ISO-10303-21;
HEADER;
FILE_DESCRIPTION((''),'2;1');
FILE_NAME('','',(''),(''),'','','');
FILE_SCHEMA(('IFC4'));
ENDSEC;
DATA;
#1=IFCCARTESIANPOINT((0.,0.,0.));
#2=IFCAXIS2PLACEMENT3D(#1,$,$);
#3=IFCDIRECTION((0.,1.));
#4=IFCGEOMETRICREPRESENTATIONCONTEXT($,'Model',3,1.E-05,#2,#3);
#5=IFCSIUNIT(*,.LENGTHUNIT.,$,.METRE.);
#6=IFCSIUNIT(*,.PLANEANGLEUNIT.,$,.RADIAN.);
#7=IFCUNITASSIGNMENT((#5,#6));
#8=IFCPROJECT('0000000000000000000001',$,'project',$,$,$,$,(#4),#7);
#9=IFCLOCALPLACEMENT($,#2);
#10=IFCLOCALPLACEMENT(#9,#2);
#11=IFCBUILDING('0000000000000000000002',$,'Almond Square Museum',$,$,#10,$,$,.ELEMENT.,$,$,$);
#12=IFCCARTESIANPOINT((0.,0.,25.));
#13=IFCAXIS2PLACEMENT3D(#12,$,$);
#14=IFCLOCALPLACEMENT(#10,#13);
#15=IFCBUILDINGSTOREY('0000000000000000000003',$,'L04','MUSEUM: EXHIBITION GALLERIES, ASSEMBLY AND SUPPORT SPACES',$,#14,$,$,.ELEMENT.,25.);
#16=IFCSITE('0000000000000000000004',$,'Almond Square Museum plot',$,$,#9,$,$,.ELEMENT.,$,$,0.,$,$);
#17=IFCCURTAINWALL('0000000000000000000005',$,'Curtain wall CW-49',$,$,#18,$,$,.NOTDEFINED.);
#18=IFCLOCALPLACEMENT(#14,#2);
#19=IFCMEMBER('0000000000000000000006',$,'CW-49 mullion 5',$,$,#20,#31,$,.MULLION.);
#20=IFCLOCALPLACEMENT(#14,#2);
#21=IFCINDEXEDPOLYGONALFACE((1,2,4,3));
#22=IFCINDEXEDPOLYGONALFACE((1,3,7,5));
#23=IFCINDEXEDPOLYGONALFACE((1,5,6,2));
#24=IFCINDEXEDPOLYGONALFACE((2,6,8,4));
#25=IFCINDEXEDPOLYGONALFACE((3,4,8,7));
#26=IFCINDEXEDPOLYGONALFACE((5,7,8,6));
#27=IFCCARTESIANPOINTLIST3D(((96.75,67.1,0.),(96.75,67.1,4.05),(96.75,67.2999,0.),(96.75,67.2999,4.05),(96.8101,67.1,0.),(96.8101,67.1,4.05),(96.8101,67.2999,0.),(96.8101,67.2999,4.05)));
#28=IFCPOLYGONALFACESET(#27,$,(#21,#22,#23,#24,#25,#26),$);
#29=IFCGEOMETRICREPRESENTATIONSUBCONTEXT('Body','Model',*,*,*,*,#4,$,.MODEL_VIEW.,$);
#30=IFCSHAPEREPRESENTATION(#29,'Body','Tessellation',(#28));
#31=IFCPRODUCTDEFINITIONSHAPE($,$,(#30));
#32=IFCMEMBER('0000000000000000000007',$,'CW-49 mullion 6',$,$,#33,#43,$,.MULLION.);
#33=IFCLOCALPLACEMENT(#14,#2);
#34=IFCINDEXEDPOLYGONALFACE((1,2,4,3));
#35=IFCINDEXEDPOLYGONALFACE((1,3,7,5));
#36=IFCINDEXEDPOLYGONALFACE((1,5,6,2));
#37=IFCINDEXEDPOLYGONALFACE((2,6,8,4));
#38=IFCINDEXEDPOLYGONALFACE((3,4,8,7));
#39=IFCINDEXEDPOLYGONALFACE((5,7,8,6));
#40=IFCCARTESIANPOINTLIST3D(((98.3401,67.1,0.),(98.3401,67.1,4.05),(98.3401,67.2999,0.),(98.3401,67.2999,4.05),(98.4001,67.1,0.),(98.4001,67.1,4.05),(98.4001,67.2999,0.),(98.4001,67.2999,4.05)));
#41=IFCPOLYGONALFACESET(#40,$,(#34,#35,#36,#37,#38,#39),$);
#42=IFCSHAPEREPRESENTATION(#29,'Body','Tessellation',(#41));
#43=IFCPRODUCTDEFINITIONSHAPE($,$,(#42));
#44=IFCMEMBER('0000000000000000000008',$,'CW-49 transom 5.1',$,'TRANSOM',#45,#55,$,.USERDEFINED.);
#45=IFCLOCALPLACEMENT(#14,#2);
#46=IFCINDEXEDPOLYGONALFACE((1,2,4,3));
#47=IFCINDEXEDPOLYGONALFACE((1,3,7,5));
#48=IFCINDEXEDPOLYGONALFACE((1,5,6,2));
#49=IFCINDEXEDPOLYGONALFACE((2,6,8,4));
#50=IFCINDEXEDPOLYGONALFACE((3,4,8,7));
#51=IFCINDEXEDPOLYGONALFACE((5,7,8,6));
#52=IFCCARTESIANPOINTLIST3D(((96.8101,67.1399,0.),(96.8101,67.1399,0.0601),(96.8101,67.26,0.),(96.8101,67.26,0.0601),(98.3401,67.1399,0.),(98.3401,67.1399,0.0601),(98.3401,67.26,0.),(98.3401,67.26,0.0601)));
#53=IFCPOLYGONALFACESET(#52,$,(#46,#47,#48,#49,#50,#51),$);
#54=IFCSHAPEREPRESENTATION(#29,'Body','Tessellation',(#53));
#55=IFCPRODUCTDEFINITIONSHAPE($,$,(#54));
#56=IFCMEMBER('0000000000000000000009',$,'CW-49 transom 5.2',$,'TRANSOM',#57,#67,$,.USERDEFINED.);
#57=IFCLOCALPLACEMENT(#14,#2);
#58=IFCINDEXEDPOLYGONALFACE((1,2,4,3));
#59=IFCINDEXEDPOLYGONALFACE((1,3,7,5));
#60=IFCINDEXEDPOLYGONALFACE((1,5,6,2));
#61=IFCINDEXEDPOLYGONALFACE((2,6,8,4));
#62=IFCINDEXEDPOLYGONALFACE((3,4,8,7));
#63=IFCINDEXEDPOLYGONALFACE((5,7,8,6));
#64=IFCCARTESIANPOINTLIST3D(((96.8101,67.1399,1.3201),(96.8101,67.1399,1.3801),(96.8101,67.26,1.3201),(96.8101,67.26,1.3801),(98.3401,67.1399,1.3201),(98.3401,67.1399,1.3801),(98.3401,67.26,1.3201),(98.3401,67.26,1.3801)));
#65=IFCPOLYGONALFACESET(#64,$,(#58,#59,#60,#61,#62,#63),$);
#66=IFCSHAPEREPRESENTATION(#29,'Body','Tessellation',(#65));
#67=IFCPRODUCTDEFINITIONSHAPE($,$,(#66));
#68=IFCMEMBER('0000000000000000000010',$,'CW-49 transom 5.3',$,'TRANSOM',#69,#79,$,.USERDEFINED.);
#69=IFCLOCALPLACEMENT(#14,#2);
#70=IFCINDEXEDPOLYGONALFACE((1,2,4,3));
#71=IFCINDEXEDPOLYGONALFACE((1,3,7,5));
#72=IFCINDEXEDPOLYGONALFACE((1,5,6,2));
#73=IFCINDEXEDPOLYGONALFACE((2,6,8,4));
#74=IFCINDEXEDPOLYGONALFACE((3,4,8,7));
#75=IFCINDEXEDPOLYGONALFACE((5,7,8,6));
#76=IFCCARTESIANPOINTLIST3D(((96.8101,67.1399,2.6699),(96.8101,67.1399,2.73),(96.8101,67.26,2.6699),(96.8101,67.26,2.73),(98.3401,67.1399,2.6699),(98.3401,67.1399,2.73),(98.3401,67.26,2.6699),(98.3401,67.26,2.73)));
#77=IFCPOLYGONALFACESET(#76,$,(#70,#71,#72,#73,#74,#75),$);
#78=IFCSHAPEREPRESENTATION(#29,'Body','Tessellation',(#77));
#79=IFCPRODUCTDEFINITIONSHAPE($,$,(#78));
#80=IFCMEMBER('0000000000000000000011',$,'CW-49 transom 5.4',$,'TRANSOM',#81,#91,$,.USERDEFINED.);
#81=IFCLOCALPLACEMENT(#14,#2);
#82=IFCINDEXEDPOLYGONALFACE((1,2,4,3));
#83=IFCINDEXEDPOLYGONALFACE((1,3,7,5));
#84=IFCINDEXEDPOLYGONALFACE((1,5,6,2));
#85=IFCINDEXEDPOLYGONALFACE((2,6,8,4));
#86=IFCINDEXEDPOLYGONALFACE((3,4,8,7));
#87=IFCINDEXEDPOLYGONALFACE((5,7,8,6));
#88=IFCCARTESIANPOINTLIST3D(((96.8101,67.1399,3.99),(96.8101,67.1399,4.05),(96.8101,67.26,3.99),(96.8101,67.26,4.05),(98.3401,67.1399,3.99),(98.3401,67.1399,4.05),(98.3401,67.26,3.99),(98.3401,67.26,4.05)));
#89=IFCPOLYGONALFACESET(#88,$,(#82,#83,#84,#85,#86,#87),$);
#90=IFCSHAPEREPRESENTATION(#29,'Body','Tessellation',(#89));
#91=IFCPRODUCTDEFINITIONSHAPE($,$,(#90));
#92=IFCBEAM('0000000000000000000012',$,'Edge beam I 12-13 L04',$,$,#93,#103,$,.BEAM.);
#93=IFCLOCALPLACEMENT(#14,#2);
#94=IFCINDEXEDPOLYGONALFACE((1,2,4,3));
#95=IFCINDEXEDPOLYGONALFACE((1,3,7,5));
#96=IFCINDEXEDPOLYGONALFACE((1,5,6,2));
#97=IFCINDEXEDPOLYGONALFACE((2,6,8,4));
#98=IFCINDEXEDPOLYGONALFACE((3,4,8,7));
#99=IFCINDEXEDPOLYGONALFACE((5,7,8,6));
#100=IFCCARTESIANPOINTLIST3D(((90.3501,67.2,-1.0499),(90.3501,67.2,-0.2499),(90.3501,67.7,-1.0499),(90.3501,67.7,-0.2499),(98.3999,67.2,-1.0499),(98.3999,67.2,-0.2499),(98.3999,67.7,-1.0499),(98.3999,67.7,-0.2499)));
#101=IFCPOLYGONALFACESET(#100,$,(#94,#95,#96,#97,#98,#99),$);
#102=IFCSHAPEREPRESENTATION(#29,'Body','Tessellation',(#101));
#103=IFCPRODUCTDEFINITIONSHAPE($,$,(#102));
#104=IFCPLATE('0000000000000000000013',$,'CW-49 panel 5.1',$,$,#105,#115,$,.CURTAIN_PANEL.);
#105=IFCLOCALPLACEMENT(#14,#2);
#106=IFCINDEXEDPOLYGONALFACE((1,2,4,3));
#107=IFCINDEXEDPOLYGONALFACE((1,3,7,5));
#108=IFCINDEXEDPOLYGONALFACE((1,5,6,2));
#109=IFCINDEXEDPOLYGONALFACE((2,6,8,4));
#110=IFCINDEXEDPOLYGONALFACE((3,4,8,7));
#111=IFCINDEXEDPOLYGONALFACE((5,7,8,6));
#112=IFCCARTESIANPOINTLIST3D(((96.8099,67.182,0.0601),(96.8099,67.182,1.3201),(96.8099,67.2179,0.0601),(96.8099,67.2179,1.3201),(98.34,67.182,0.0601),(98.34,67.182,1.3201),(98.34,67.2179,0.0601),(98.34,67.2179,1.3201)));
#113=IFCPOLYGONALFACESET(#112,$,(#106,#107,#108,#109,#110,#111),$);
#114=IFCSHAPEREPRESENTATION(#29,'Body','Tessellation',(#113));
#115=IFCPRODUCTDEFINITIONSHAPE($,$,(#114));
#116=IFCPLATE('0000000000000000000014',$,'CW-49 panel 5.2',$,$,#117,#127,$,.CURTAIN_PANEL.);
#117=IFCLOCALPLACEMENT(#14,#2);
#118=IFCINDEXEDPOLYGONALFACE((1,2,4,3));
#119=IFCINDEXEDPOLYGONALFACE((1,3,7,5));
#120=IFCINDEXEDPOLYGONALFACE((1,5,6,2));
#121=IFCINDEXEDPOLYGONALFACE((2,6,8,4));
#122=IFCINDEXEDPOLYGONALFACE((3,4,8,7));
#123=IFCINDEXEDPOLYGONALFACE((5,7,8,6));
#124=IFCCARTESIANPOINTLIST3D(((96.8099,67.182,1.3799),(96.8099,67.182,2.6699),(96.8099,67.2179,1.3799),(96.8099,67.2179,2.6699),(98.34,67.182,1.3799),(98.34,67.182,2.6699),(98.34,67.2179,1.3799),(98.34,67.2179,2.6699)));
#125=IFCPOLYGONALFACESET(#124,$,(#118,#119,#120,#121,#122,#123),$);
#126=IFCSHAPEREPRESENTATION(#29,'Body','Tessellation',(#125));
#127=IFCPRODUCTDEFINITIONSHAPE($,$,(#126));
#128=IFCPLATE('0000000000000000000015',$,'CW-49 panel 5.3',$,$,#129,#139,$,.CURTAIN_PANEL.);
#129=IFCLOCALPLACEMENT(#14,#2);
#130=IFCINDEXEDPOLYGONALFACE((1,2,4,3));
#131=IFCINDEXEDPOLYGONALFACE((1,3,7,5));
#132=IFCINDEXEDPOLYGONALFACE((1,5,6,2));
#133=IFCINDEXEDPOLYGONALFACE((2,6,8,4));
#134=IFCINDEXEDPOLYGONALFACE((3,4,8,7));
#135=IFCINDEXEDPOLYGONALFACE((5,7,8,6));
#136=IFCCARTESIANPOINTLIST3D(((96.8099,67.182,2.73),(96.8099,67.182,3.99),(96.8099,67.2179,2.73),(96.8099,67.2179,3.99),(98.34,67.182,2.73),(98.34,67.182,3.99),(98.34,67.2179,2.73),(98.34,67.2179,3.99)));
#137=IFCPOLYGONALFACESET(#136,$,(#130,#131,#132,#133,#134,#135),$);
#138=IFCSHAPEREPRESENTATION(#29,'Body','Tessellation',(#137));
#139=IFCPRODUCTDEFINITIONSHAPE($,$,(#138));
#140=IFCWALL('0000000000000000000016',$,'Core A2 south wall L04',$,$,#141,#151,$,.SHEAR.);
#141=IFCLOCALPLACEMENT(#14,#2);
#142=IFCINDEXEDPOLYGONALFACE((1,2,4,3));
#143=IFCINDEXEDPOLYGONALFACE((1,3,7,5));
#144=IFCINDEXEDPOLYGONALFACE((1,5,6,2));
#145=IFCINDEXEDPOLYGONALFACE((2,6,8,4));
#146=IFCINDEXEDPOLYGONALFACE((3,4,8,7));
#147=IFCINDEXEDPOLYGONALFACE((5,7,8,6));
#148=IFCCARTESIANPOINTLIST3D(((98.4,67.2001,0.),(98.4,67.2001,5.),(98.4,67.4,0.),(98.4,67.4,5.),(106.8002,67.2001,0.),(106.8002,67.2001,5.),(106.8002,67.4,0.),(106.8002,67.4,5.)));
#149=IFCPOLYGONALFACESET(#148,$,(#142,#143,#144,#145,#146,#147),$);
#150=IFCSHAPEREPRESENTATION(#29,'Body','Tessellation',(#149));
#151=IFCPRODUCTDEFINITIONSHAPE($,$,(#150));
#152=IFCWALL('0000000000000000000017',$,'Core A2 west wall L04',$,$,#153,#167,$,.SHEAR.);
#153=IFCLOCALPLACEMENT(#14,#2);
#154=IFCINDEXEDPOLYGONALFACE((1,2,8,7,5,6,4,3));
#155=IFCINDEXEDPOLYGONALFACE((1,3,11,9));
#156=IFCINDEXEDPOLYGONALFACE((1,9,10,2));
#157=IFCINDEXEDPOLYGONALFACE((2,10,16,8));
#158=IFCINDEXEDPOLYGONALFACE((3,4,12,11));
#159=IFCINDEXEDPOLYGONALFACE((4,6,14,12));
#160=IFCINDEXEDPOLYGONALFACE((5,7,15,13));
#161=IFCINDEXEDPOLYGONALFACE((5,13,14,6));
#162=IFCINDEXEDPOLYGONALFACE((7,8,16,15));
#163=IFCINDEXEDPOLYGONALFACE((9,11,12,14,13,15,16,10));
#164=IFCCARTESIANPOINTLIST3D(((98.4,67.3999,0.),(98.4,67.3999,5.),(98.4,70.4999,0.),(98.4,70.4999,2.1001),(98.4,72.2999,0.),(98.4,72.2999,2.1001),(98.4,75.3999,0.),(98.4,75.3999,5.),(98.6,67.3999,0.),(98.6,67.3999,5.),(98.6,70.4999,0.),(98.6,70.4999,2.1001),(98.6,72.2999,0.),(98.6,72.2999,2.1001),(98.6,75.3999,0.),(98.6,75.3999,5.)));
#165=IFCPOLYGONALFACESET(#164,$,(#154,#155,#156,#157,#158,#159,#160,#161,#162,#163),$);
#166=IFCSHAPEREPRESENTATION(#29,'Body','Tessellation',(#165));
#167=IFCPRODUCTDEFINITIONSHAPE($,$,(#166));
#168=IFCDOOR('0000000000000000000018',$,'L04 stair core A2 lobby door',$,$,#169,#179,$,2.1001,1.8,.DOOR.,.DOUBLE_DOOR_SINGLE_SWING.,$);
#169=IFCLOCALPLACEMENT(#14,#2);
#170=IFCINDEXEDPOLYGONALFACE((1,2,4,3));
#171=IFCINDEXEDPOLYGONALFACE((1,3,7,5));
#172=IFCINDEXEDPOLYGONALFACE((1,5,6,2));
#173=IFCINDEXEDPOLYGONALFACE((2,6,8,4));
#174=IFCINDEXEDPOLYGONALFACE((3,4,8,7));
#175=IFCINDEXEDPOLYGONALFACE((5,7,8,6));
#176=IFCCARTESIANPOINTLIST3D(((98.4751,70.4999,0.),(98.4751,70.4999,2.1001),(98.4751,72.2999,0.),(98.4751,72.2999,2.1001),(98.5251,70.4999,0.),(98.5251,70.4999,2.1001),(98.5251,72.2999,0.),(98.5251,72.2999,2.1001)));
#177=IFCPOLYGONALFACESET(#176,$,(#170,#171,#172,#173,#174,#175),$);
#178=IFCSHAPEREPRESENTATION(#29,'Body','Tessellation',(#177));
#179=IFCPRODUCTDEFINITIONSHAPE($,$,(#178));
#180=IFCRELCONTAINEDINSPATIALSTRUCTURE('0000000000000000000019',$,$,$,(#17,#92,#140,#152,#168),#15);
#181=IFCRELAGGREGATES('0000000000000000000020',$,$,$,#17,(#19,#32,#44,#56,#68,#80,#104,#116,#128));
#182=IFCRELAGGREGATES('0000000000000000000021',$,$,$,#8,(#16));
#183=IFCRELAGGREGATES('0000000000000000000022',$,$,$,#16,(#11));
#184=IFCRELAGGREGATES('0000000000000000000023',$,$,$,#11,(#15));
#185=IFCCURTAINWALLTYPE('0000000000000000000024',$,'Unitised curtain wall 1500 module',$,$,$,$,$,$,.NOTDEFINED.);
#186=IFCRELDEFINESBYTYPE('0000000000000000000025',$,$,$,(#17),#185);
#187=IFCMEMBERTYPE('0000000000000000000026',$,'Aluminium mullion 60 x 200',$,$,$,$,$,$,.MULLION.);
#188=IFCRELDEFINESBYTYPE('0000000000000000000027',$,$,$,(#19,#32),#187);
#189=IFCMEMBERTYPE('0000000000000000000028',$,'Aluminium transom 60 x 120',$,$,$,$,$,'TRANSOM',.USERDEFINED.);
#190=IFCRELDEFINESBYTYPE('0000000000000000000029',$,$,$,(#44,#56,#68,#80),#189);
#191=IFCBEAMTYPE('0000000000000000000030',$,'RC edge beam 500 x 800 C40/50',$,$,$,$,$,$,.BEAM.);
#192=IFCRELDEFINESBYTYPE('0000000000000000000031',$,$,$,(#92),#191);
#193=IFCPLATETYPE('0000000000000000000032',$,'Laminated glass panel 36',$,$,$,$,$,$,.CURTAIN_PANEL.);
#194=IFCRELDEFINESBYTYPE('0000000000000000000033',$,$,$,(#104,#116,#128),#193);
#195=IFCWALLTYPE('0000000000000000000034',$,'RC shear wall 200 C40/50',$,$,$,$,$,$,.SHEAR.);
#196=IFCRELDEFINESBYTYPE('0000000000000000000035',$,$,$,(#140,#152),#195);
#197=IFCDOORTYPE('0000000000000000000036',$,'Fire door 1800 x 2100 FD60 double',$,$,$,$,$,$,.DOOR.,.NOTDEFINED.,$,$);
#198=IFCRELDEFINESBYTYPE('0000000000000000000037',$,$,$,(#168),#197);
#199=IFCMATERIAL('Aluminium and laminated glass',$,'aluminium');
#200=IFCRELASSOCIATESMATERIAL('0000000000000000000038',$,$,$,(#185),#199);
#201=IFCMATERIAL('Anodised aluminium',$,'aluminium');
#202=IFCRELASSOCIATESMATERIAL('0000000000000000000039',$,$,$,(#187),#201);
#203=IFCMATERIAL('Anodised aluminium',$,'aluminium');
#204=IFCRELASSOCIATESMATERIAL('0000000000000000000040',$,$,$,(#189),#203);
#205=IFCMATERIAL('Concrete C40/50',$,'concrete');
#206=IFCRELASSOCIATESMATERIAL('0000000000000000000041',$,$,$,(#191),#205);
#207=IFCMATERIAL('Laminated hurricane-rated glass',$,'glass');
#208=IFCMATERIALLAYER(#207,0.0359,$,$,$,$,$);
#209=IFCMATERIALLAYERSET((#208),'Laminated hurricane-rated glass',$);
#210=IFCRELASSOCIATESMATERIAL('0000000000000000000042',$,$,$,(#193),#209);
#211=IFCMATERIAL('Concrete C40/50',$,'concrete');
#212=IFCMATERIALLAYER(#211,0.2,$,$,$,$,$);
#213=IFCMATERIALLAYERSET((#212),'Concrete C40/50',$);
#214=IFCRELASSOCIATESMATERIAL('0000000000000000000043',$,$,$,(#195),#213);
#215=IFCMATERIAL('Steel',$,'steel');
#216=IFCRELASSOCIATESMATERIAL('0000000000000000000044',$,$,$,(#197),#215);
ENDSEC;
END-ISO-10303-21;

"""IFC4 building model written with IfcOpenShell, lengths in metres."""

from ifc_helpers import new_model, si_unit, direction, frame, frame_2d, origin, origin_2d, place, context, subcontext, project, spatial, rectangle, extrude, material, layer, layer_set, material_profile, profile_set, type_object, element, fill, aggregate, save


model = new_model("IFC4")

# Units and contexts
model_context = context("Model", 3, precision=1e-05, world=origin(), true_north=direction((0.0, 1.0)))
body_context = subcontext(model_context, "Body", "Model", "MODEL_VIEW")
ifc_project = project(units=[si_unit("LENGTHUNIT", "METRE"), si_unit("PLANEANGLEUNIT", "RADIAN")], contexts=[model_context])

# Site, building, storey
site_placement = place(None, origin())
site = spatial("IfcSite", under=ifc_project, at=site_placement, Name="Almond Square Museum plot", CompositionType="ELEMENT", RefElevation=0.0)
building_placement = place(site_placement, origin())
building = spatial("IfcBuilding", under=site, at=building_placement, Name="Almond Square Museum", CompositionType="ELEMENT")
storey_placement = place(building_placement, frame((0.0, 0.0, 25.0)))
storey = spatial("IfcBuildingStorey", under=building, at=storey_placement, Name="L04", Description="MUSEUM: EXHIBITION GALLERIES, ASSEMBLY AND SUPPORT SPACES", CompositionType="ELEMENT", Elevation=25.0)

# Curtain wall, members
ifc_material_1 = material(Name="Aluminium and laminated glass", Category="aluminium")
curtain_wall_type = type_object("IfcCurtainWallType", Name="Unitised curtain wall 1500 module", PredefinedType="NOTDEFINED", material=ifc_material_1)
curtain_wall_placement = place(storey_placement, origin())
curtain_wall = element("IfcCurtainWall", 1, at=curtain_wall_placement, inside=storey, type_object=curtain_wall_type, Name="Curtain wall CW-49", PredefinedType="NOTDEFINED")
ifc_material_2 = material(Name="Anodised aluminium", Category="aluminium")
ifc_material_profile_1 = material_profile(ifc_material_2, rectangle(XDim=0.2, YDim=0.0601, at=origin_2d()))
ifc_profile_set_1 = profile_set([ifc_material_profile_1], Name="Anodised aluminium")
member_type_1 = type_object("IfcMemberType", Name="Aluminium mullion 60 x 200", PredefinedType="MULLION", material=ifc_profile_set_1)
member_1_placement = place(storey_placement, frame((96.78, 67.2, 0.0), z_axis=(0.0, 0.0, 1.0), x_axis=(0.0, 1.0, 0.0)))
member_1 = element("IfcMember", 2, at=member_1_placement, type_object=member_type_1, Name="CW-49 mullion 5", PredefinedType="MULLION", context=body_context, shape_type="SweptSolid", body=[
    extrude(rectangle(XDim=0.2, YDim=0.0601, at=origin_2d()), origin(), (0.0, 0.0, 1.0), 4.05),
])
member_2_placement = place(storey_placement, frame((98.3701, 67.2, 0.0), z_axis=(0.0, 0.0, 1.0), x_axis=(0.0, 1.0, 0.0)))
member_2 = element("IfcMember", 3, at=member_2_placement, type_object=member_type_1, Name="CW-49 mullion 6", PredefinedType="MULLION", context=body_context, shape_type="SweptSolid", body=[
    extrude(rectangle(XDim=0.2, YDim=0.0601, at=origin_2d()), origin(), (0.0, 0.0, 1.0), 4.05),
])
ifc_material_3 = material(Name="Anodised aluminium", Category="aluminium")
ifc_material_profile_2 = material_profile(ifc_material_3, rectangle(XDim=0.1201, YDim=0.0601, at=origin_2d()))
ifc_profile_set_2 = profile_set([ifc_material_profile_2], Name="Anodised aluminium")
member_type_2 = type_object("IfcMemberType", Name="Aluminium transom 60 x 120", ElementType="TRANSOM", PredefinedType="USERDEFINED", material=ifc_profile_set_2)
member_3_placement = place(storey_placement, frame((96.8101, 67.2, 0.03), z_axis=(1.0, 0.0, 0.0), x_axis=(0.0, 1.0, 0.0)))
member_3 = element("IfcMember", 4, at=member_3_placement, type_object=member_type_2, Name="CW-49 transom 5.1", ObjectType="TRANSOM", PredefinedType="USERDEFINED", context=body_context, shape_type="SweptSolid", body=[
    extrude(rectangle(XDim=0.1201, YDim=0.0601, at=origin_2d()), origin(), (0.0, 0.0, 1.0), 1.53),
])
member_4_placement = place(storey_placement, frame((96.8101, 67.2, 1.3501), z_axis=(1.0, 0.0, 0.0), x_axis=(0.0, 1.0, 0.0)))
member_4 = element("IfcMember", 5, at=member_4_placement, type_object=member_type_2, Name="CW-49 transom 5.2", ObjectType="TRANSOM", PredefinedType="USERDEFINED", context=body_context, shape_type="SweptSolid", body=[
    extrude(rectangle(XDim=0.1201, YDim=0.0601, at=origin_2d()), origin(), (0.0, 0.0, 1.0), 1.53),
])
member_5_placement = place(storey_placement, frame((96.8101, 67.2, 2.7), z_axis=(1.0, 0.0, 0.0), x_axis=(0.0, 1.0, 0.0)))
member_5 = element("IfcMember", 6, at=member_5_placement, type_object=member_type_2, Name="CW-49 transom 5.3", ObjectType="TRANSOM", PredefinedType="USERDEFINED", context=body_context, shape_type="SweptSolid", body=[
    extrude(rectangle(XDim=0.1201, YDim=0.0601, at=origin_2d()), origin(), (0.0, 0.0, 1.0), 1.53),
])
member_6_placement = place(storey_placement, frame((96.8101, 67.2, 4.02), z_axis=(1.0, 0.0, 0.0), x_axis=(0.0, 1.0, 0.0)))
member_6 = element("IfcMember", 7, at=member_6_placement, type_object=member_type_2, Name="CW-49 transom 5.4", ObjectType="TRANSOM", PredefinedType="USERDEFINED", context=body_context, shape_type="SweptSolid", body=[
    extrude(rectangle(XDim=0.1201, YDim=0.0601, at=origin_2d()), origin(), (0.0, 0.0, 1.0), 1.53),
])

# Beam
ifc_material_4 = material(Name="Concrete C40/50", Category="concrete")
ifc_material_profile_3 = material_profile(ifc_material_4, rectangle(XDim=0.5, YDim=0.8, at=origin_2d()))
ifc_profile_set_3 = profile_set([ifc_material_profile_3], Name="Concrete C40/50")
beam_type = type_object("IfcBeamType", Name="RC edge beam 500 x 800 C40/50", PredefinedType="BEAM", material=ifc_profile_set_3)
beam_placement = place(storey_placement, frame((90.3501, 67.45, -0.6499), z_axis=(1.0, 0.0, 0.0), x_axis=(0.0, 1.0, 0.0)))
element("IfcBeam", 8, at=beam_placement, inside=storey, type_object=beam_type, Name="Edge beam I 12-13 L04", PredefinedType="BEAM", context=body_context, shape_type="SweptSolid", body=[
    extrude(rectangle(XDim=0.5, YDim=0.8, at=origin_2d()), origin(), (0.0, 0.0, 1.0), 8.0498),
])

# Plates
ifc_material_5 = material(Name="Laminated hurricane-rated glass", Category="glass")
ifc_layer_1 = layer(ifc_material_5, 0.0359)
ifc_layer_set_1 = layer_set([ifc_layer_1], Name="Laminated hurricane-rated glass")
plate_type = type_object("IfcPlateType", Name="Laminated glass panel 36", PredefinedType="CURTAIN_PANEL", material=ifc_layer_set_1)
plate_1_placement = place(storey_placement, frame((97.575, 67.2, 0.0601), z_axis=(0.0, 0.0, 1.0), x_axis=(1.0, 0.0, 0.0)))
plate_1 = element("IfcPlate", 9, at=plate_1_placement, type_object=plate_type, Name="CW-49 panel 5.1", PredefinedType="CURTAIN_PANEL", context=body_context, shape_type="SweptSolid", body=[
    extrude(rectangle(XDim=1.53, YDim=0.0359, at=origin_2d()), origin(), (0.0, 0.0, 1.0), 1.26),
])
plate_2_placement = place(storey_placement, frame((97.575, 67.2, 1.3799), z_axis=(0.0, 0.0, 1.0), x_axis=(1.0, 0.0, 0.0)))
plate_2 = element("IfcPlate", 10, at=plate_2_placement, type_object=plate_type, Name="CW-49 panel 5.2", PredefinedType="CURTAIN_PANEL", context=body_context, shape_type="SweptSolid", body=[
    extrude(rectangle(XDim=1.53, YDim=0.0359, at=origin_2d()), origin(), (0.0, 0.0, 1.0), 1.29),
])
plate_3_placement = place(storey_placement, frame((97.575, 67.2, 2.73), z_axis=(0.0, 0.0, 1.0), x_axis=(1.0, 0.0, 0.0)))
plate_3 = element("IfcPlate", 11, at=plate_3_placement, type_object=plate_type, Name="CW-49 panel 5.3", PredefinedType="CURTAIN_PANEL", context=body_context, shape_type="SweptSolid", body=[
    extrude(rectangle(XDim=1.53, YDim=0.0359, at=origin_2d()), origin(), (0.0, 0.0, 1.0), 1.26),
])
aggregate(curtain_wall, [member_1, member_2, member_3, member_4, member_5, member_6, plate_1, plate_2, plate_3])

# Wall
ifc_material_6 = material(Name="Concrete C40/50", Category="concrete")
ifc_layer_2 = layer(ifc_material_6, 0.2)
ifc_layer_set_2 = layer_set([ifc_layer_2], Name="Concrete C40/50")
wall_type = type_object("IfcWallType", Name="RC shear wall 200 C40/50", PredefinedType="SHEAR", material=ifc_layer_set_2)
wall_1_placement = place(storey_placement, frame((98.3999, 67.3, 0.0), z_axis=(0.0, 0.0, 1.0), x_axis=(1.0, 0.0, 0.0)))
element("IfcWall", 12, at=wall_1_placement, inside=storey, type_object=wall_type, Name="Core A2 south wall L04", PredefinedType="SHEAR", context=body_context, shape_type="SweptSolid", body=[
    extrude(rectangle(XDim=8.4001, YDim=0.2, at=frame_2d((4.2002, 0.0))), origin(), (0.0, 0.0, 1.0), 5.0),
])

# Wall, opening, door
wall_2_placement = place(storey_placement, frame((98.5, 67.3999, 0.0), z_axis=(0.0, 0.0, 1.0), x_axis=(0.0, 1.0, 0.0)))
wall_2 = element("IfcWall", 13, at=wall_2_placement, inside=storey, type_object=wall_type, Name="Core A2 west wall L04", PredefinedType="SHEAR", context=body_context, shape_type="SweptSolid", body=[
    extrude(rectangle(XDim=8.0, YDim=0.2, at=frame_2d((4.0, 0.0))), origin(), (0.0, 0.0, 1.0), 5.0),
])
opening_1_placement = place(wall_2_placement, frame((3.1001, 0.0, 0.0)))
opening_1 = element("IfcOpeningElement", 14, at=opening_1_placement, cuts=wall_2, PredefinedType="OPENING", context=body_context, shape_type="SweptSolid", body=[
    extrude(rectangle(XDim=1.8, YDim=2.1001, at=frame_2d((0.8999, 1.05))), frame((0.0, 0.1099, 0.0), z_axis=(0.0, -1.0, 0.0), x_axis=(1.0, 0.0, 0.0)), (0.0, 0.0, 1.0), 0.22),
])
ifc_material_7 = material(Name="Steel", Category="steel")
door_type_1 = type_object("IfcDoorType", Name="Fire door 1800 x 2100 FD60 double", OperationType="NOTDEFINED", PredefinedType="DOOR", material=ifc_material_7)
door_1_placement = place(opening_1_placement, origin())
door_1 = element("IfcDoor", 15, at=door_1_placement, inside=storey, type_object=door_type_1, Name="L04 stair core A2 lobby door", OperationType="DOUBLE_DOOR_SINGLE_SWING", OverallHeight=2.1001, OverallWidth=1.8, PredefinedType="DOOR", context=body_context, shape_type="SweptSolid", body=[
    extrude(rectangle(XDim=1.8, YDim=2.1001, at=frame_2d((0.8999, 1.05))), frame((0.0, 0.0249, 0.0), z_axis=(0.0, -1.0, 0.0), x_axis=(1.0, 0.0, 0.0)), (0.0, 0.0, 1.0), 0.05),
])
fill(opening_1, door_1)

save(model, "model.ifc")
